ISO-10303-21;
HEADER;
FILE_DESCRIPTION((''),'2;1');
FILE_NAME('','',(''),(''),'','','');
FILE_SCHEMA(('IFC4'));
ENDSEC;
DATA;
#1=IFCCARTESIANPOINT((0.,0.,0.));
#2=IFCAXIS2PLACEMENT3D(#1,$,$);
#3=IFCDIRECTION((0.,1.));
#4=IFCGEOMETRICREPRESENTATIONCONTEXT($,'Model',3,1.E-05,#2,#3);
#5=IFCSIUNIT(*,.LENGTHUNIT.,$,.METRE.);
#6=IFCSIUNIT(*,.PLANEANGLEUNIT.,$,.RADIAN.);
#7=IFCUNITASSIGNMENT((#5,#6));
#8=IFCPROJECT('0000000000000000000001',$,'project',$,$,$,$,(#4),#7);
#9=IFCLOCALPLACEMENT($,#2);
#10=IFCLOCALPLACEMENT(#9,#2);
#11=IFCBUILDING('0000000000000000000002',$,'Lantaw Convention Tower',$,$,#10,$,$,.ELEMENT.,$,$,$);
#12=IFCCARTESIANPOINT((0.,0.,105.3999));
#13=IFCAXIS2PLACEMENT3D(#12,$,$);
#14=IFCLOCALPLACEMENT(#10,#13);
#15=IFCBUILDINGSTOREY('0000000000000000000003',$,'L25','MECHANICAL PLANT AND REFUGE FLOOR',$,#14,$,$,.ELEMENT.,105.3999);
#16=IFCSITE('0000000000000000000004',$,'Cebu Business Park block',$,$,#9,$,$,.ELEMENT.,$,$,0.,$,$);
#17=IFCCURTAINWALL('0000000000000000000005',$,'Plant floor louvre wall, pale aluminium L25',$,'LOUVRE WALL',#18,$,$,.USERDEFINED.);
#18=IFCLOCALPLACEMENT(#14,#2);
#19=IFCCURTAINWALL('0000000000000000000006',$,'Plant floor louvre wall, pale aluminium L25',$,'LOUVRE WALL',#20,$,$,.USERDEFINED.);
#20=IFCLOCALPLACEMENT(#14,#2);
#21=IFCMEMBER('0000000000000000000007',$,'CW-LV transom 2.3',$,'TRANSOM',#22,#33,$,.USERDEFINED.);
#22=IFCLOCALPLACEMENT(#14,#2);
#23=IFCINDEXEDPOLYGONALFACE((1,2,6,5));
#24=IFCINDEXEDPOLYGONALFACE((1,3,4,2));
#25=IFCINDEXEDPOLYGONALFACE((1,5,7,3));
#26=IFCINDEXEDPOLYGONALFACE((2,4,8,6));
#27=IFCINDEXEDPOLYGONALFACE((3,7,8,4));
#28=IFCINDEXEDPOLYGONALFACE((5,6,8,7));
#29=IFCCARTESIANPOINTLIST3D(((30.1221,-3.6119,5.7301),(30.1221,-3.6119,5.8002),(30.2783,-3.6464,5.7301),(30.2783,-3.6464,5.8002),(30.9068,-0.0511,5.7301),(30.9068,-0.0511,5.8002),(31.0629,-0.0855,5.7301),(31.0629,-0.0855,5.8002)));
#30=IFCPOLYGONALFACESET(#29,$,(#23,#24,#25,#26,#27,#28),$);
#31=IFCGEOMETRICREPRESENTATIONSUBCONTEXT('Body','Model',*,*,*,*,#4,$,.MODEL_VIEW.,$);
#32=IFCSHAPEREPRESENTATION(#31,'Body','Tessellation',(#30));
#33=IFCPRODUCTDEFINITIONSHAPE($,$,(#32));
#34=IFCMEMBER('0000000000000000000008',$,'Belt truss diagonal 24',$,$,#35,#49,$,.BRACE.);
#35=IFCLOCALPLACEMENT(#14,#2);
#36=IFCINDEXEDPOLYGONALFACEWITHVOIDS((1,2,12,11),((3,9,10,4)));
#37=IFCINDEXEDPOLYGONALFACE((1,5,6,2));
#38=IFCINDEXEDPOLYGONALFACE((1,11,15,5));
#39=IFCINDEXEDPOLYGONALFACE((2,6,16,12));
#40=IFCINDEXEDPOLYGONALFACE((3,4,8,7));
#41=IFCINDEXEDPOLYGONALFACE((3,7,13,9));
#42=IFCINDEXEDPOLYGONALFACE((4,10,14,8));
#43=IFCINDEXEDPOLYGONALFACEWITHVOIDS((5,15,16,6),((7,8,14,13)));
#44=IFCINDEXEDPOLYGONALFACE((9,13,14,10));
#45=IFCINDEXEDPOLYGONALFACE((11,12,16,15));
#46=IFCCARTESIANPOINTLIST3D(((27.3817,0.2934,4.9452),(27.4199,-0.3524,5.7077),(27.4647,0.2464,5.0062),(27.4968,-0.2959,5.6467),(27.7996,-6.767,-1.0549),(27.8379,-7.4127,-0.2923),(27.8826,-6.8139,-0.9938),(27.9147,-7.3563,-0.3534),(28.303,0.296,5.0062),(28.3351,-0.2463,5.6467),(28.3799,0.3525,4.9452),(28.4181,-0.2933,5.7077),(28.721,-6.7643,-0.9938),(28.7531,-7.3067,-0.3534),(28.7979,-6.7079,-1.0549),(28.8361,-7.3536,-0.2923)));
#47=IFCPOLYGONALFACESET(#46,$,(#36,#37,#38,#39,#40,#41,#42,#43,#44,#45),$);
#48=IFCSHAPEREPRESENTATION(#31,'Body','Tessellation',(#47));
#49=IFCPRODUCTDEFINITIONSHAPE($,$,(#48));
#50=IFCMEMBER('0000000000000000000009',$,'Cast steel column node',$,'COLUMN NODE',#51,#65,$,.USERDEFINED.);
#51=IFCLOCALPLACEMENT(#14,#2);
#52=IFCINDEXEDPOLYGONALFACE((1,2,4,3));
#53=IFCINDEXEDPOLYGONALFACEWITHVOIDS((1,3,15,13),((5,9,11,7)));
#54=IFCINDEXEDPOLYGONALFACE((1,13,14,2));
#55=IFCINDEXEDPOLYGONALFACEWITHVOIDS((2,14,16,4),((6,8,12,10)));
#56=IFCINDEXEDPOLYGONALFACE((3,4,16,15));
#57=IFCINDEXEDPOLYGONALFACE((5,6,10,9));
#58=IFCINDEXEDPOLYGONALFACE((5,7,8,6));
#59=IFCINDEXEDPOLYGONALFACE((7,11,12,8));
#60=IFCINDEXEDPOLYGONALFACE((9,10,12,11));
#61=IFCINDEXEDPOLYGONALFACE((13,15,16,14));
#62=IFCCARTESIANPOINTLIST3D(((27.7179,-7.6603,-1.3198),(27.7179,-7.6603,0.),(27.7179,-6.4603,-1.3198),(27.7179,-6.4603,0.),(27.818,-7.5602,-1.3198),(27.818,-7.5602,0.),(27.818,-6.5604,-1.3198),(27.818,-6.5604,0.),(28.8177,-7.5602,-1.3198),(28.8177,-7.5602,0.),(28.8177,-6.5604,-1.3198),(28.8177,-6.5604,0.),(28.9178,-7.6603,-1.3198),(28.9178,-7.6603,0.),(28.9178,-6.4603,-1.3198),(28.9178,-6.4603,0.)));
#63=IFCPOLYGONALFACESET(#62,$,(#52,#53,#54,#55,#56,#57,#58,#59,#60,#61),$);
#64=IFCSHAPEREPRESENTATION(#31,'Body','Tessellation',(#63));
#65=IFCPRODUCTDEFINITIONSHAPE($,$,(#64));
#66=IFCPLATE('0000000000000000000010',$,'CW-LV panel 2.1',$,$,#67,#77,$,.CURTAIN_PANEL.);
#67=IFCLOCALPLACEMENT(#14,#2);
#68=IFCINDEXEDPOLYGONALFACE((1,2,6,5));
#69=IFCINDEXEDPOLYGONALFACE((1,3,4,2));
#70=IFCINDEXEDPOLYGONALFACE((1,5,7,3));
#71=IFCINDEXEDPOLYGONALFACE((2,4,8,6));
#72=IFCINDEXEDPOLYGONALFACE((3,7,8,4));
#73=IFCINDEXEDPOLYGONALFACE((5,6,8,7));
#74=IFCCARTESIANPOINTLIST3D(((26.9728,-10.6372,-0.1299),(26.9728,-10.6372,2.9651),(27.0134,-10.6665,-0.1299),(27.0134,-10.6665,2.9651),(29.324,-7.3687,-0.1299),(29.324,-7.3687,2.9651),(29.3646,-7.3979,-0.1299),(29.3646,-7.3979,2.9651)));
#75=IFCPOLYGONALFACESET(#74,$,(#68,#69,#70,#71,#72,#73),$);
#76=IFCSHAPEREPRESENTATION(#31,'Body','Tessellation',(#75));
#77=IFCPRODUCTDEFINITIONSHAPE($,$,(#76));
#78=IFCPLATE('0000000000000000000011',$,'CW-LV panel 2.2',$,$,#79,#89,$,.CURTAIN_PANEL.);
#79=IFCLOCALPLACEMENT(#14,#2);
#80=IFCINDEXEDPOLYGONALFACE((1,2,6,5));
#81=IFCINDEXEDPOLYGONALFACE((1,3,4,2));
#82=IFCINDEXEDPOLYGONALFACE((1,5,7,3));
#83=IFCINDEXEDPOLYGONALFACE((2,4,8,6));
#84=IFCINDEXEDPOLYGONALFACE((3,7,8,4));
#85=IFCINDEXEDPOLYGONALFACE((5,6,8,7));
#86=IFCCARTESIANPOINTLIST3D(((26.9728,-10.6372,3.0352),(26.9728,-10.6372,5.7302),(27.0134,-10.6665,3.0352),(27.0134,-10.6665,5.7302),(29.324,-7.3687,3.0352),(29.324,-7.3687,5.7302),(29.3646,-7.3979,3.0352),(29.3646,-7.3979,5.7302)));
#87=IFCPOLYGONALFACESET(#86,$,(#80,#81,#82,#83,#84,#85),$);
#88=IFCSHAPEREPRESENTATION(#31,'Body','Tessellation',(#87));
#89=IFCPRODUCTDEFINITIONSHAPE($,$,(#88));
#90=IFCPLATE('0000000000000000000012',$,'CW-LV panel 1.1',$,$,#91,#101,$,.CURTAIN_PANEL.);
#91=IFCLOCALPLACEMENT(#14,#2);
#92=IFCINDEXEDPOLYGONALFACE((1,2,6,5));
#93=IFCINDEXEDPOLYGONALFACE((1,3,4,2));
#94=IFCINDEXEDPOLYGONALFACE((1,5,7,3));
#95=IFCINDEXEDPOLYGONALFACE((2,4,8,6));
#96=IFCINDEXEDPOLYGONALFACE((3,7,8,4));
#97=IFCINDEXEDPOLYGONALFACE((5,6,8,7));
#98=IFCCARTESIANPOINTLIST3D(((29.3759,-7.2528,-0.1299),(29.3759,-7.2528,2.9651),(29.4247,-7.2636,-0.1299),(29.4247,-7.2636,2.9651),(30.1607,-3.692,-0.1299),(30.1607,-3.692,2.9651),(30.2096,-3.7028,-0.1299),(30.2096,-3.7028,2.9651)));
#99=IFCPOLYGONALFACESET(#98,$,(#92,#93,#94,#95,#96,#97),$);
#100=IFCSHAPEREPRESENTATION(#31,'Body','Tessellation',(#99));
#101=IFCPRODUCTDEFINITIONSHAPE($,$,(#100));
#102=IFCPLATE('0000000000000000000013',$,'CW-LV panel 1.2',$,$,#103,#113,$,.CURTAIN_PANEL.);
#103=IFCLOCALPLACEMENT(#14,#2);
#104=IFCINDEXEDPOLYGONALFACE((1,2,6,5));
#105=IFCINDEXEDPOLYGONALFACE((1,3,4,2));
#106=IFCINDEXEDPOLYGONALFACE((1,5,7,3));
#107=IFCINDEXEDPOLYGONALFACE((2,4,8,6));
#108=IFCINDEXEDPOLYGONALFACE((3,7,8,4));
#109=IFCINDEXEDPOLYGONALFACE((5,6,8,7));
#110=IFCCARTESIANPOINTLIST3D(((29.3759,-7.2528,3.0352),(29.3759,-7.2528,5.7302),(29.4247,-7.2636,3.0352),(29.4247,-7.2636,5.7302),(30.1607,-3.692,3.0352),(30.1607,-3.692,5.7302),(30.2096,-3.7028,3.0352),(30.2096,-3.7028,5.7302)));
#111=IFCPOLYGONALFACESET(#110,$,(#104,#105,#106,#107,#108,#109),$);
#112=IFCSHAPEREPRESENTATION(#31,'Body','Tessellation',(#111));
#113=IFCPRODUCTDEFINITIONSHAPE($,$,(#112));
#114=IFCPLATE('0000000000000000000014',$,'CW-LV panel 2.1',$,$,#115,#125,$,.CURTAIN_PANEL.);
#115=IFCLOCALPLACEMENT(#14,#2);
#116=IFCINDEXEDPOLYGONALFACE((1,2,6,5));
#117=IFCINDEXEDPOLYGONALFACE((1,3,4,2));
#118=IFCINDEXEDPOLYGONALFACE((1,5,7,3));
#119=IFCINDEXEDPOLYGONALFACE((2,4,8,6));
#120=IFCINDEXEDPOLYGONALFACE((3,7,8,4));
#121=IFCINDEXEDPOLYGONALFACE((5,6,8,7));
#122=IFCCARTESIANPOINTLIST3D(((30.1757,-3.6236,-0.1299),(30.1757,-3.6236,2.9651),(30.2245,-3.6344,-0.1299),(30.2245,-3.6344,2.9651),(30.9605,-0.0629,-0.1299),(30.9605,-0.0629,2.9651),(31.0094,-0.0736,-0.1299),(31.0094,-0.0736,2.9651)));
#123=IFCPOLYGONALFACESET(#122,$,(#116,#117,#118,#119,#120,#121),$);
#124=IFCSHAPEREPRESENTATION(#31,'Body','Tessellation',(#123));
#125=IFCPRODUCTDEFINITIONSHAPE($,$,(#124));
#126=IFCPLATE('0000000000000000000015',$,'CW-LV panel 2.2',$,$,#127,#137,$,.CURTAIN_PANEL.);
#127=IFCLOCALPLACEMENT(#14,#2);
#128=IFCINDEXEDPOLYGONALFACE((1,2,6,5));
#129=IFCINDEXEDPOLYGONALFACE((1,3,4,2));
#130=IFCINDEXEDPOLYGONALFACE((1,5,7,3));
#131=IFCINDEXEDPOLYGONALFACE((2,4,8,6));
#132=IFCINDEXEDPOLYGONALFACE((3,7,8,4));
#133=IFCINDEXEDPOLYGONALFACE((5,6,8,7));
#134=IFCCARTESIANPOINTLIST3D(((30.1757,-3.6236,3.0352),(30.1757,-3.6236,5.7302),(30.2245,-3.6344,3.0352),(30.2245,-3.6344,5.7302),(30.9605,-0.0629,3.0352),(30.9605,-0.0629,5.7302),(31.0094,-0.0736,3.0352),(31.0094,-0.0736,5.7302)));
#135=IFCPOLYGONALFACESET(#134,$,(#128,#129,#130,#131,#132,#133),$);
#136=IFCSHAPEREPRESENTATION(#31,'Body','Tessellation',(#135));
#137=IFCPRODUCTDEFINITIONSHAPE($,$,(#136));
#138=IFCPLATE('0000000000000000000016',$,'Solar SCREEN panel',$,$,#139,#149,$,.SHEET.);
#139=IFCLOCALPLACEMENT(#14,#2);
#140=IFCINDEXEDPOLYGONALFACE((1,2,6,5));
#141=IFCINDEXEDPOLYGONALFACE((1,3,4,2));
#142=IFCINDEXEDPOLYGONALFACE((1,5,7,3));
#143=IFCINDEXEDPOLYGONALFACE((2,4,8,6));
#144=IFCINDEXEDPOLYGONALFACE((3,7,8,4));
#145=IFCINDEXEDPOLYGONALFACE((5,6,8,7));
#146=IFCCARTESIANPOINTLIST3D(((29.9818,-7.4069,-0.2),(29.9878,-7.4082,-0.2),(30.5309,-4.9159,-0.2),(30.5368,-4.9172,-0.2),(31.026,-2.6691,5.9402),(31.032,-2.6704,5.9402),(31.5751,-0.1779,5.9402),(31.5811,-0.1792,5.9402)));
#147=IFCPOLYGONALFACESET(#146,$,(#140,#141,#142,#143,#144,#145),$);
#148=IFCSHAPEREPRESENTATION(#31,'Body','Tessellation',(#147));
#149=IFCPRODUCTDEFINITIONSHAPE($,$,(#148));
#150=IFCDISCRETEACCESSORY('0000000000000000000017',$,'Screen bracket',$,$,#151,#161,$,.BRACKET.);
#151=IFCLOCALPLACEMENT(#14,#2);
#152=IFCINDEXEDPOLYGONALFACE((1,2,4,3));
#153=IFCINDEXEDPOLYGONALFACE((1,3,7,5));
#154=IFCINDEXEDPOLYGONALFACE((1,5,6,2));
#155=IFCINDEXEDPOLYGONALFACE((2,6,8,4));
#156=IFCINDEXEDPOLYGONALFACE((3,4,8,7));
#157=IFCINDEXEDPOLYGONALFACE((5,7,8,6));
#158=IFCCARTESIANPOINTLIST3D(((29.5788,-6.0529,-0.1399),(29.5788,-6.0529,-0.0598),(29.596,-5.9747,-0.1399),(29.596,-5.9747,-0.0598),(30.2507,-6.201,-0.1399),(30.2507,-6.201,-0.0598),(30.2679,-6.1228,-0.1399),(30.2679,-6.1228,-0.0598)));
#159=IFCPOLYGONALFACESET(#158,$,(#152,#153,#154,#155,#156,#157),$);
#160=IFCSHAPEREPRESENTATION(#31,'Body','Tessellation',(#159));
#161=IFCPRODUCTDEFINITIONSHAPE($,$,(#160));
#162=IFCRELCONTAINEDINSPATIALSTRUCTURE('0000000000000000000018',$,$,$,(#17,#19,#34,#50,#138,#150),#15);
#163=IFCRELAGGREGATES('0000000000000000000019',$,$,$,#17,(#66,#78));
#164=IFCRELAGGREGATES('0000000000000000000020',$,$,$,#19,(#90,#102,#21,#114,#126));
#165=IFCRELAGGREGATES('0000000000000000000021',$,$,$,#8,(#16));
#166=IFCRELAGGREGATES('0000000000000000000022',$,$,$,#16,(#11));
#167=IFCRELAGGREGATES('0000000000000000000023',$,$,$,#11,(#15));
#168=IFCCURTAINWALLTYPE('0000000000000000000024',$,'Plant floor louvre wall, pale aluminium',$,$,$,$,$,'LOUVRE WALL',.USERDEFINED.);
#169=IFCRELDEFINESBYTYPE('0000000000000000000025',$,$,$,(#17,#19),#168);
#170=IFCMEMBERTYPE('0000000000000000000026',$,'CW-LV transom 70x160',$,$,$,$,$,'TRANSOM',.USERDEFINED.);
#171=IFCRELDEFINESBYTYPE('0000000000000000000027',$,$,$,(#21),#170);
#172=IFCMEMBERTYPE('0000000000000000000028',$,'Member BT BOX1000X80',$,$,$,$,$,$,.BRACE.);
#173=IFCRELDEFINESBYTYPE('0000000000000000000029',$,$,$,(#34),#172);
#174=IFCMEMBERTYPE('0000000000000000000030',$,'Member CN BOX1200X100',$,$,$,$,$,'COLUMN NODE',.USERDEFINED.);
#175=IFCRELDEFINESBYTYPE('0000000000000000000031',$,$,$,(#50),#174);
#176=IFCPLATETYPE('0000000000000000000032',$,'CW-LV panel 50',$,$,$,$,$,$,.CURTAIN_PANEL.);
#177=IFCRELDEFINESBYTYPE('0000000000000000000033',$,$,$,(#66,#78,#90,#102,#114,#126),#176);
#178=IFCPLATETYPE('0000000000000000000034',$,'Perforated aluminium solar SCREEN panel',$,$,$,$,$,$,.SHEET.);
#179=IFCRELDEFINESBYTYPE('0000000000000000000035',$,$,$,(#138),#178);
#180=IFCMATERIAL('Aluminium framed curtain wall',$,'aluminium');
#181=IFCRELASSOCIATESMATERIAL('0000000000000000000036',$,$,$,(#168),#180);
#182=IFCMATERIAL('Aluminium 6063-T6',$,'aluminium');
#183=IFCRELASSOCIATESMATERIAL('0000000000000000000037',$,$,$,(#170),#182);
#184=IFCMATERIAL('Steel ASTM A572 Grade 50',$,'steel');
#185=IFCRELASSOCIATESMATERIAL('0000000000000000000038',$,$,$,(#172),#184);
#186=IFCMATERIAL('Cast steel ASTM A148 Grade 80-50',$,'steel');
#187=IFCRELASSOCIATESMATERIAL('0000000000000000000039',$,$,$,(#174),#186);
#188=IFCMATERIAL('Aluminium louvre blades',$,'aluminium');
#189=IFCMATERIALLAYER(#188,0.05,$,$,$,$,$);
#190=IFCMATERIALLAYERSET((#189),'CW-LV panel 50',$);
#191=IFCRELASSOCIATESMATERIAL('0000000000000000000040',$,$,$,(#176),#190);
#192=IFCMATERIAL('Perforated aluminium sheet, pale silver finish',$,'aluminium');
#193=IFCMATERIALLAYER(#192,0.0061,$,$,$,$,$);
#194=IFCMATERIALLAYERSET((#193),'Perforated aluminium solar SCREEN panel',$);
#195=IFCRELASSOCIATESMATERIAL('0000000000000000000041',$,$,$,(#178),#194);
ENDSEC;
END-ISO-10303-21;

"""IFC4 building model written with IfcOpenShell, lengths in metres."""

from ifc_helpers import new_model, si_unit, direction, frame, origin, origin_2d, place, context, subcontext, project, spatial, polyline, rectangle, hollow_rectangle, outline, extrude, material, layer, layer_set, material_profile, profile_set, type_object, element, aggregate, save


model = new_model("IFC4")

# Units and contexts
model_context = context("Model", 3, precision=1e-05, world=origin(), true_north=direction((0.0, 1.0)))
body_context = subcontext(model_context, "Body", "Model", "MODEL_VIEW")
ifc_project = project(units=[si_unit("LENGTHUNIT", "METRE"), si_unit("PLANEANGLEUNIT", "RADIAN")], contexts=[model_context])

# Site, building, storey
site_placement = place(None, origin())
site = spatial("IfcSite", under=ifc_project, at=site_placement, Name="Cebu Business Park block", CompositionType="ELEMENT", RefElevation=0.0)
building_placement = place(site_placement, origin())
building = spatial("IfcBuilding", under=site, at=building_placement, Name="Lantaw Convention Tower", CompositionType="ELEMENT")
storey_placement = place(building_placement, frame((0.0, 0.0, 105.3999)))
storey = spatial("IfcBuildingStorey", under=building, at=storey_placement, Name="L25", Description="MECHANICAL PLANT AND REFUGE FLOOR", CompositionType="ELEMENT", Elevation=105.3999)

# Curtain wall
ifc_material_1 = material(Name="Aluminium framed curtain wall", Category="aluminium")
curtain_wall_type = type_object("IfcCurtainWallType", Name="Plant floor louvre wall, pale aluminium", ElementType="LOUVRE WALL", PredefinedType="USERDEFINED", material=ifc_material_1)
curtain_wall_1_placement = place(storey_placement, origin())
curtain_wall_1 = element("IfcCurtainWall", 1, at=curtain_wall_1_placement, inside=storey, type_object=curtain_wall_type, Name="Plant floor louvre wall, pale aluminium L25", ObjectType="LOUVRE WALL", PredefinedType="USERDEFINED")
ifc_material_2 = material(Name="Aluminium 6063-T6", Category="aluminium")

# Curtain wall, member
curtain_wall_2_placement = place(storey_placement, origin())
curtain_wall_2 = element("IfcCurtainWall", 2, at=curtain_wall_2_placement, inside=storey, type_object=curtain_wall_type, Name="Plant floor louvre wall, pale aluminium L25", ObjectType="LOUVRE WALL", PredefinedType="USERDEFINED")
ifc_material_profile_1 = material_profile(ifc_material_2, rectangle(XDim=0.1599, YDim=0.0701, at=origin_2d()), Name="CW-LV transom 70x160")
ifc_profile_set_1 = profile_set([ifc_material_profile_1], Name="Aluminium 6063-T6")
member_type_1 = type_object("IfcMemberType", Name="CW-LV transom 70x160", ElementType="TRANSOM", PredefinedType="USERDEFINED", material=ifc_profile_set_1)
member_1_placement = place(storey_placement, frame((30.2002, -3.6292, 5.7651), z_axis=(0.2152, 0.97657, 0.0), x_axis=(-0.97657, 0.2152, 0.0)))
member_1 = element("IfcMember", 3, at=member_1_placement, type_object=member_type_1, Name="CW-LV transom 2.3", ObjectType="TRANSOM", PredefinedType="USERDEFINED", context=body_context, shape_type="SweptSolid", body=[
    extrude(rectangle(XDim=0.1599, YDim=0.0701, at=origin_2d()), origin(), (0.0, 0.0, 1.0), 3.6462),
])

# Members
ifc_material_3 = material(Name="Steel ASTM A572 Grade 50", Category="steel")
ifc_material_profile_2 = material_profile(ifc_material_3, hollow_rectangle(XDim=1.0, YDim=1.0, WallThickness=0.0801, at=origin_2d()), Name="BOX1000X80")
ifc_profile_set_2 = profile_set([ifc_material_profile_2], Name="Steel ASTM A572 Grade 50")
member_type_2 = type_object("IfcMemberType", Name="Member BT BOX1000X80", PredefinedType="BRACE", material=ifc_profile_set_2)
member_2_placement = place(storey_placement, frame((28.3179, -7.0603, -0.6736), z_axis=(-0.045065, 0.761232, 0.646912), x_axis=(-0.998252, -0.059096, 0.0)))
element("IfcMember", 4, at=member_2_placement, inside=storey, type_object=member_type_2, Name="Belt truss diagonal 24", PredefinedType="BRACE", context=body_context, shape_type="SweptSolid", body=[
    extrude(hollow_rectangle(XDim=1.0, YDim=1.0, WallThickness=0.0801, at=origin_2d()), origin(), (0.0, 0.0, 1.0), 9.2749),
])
ifc_material_4 = material(Name="Cast steel ASTM A148 Grade 80-50", Category="steel")
ifc_material_profile_3 = material_profile(ifc_material_4, hollow_rectangle(XDim=1.2, YDim=1.2, WallThickness=0.1001, at=origin_2d()), Name="BOX1200X100")
ifc_profile_set_3 = profile_set([ifc_material_profile_3], Name="Cast steel ASTM A148 Grade 80-50")
member_type_3 = type_object("IfcMemberType", Name="Member CN BOX1200X100", ElementType="COLUMN NODE", PredefinedType="USERDEFINED", material=ifc_profile_set_3)
member_3_placement = place(storey_placement, frame((28.3179, -7.0603, -1.3198), z_axis=(0.0, 0.0, 1.0), x_axis=(1.0, 0.0, 0.0)))
element("IfcMember", 5, at=member_3_placement, inside=storey, type_object=member_type_3, Name="Cast steel column node", ObjectType="COLUMN NODE", PredefinedType="USERDEFINED", context=body_context, shape_type="SweptSolid", body=[
    extrude(hollow_rectangle(XDim=1.2, YDim=1.2, WallThickness=0.1001, at=origin_2d()), origin(), (0.0, 0.0, 1.0), 1.3198),
])

# Plates
ifc_material_5 = material(Name="Aluminium louvre blades", Category="aluminium")
ifc_layer_1 = layer(ifc_material_5, 0.05)
ifc_layer_set_1 = layer_set([ifc_layer_1], Name="CW-LV panel 50")
plate_type_1 = type_object("IfcPlateType", Name="CW-LV panel 50", PredefinedType="CURTAIN_PANEL", material=ifc_layer_set_1)
plate_1_placement = place(storey_placement, frame((28.1687, -9.0176, -0.1299), z_axis=(0.0, 0.0, 1.0), x_axis=(0.583951, 0.811789, 0.0)))
plate_1 = element("IfcPlate", 6, at=plate_1_placement, type_object=plate_type_1, Name="CW-LV panel 2.1", PredefinedType="CURTAIN_PANEL", context=body_context, shape_type="SweptSolid", body=[
    extrude(rectangle(XDim=4.0264, YDim=0.05, at=origin_2d()), origin(), (0.0, 0.0, 1.0), 3.095),
])
plate_2_placement = place(storey_placement, frame((28.1687, -9.0176, 3.0352), z_axis=(0.0, 0.0, 1.0), x_axis=(0.583951, 0.811789, 0.0)))
plate_2 = element("IfcPlate", 7, at=plate_2_placement, type_object=plate_type_1, Name="CW-LV panel 2.2", PredefinedType="CURTAIN_PANEL", context=body_context, shape_type="SweptSolid", body=[
    extrude(rectangle(XDim=4.0264, YDim=0.05, at=origin_2d()), origin(), (0.0, 0.0, 1.0), 2.6951),
])
aggregate(curtain_wall_1, [plate_1, plate_2])
plate_3_placement = place(storey_placement, frame((29.7927, -5.4778, -0.1299), z_axis=(0.0, 0.0, 1.0), x_axis=(0.215246, 0.97656, 0.0)))
plate_3 = element("IfcPlate", 8, at=plate_3_placement, type_object=plate_type_1, Name="CW-LV panel 1.1", PredefinedType="CURTAIN_PANEL", context=body_context, shape_type="SweptSolid", body=[
    extrude(rectangle(XDim=3.6462, YDim=0.05, at=origin_2d()), origin(), (0.0, 0.0, 1.0), 3.095),
])
plate_4_placement = place(storey_placement, frame((29.7927, -5.4778, 3.0352), z_axis=(0.0, 0.0, 1.0), x_axis=(0.215246, 0.97656, 0.0)))
plate_4 = element("IfcPlate", 9, at=plate_4_placement, type_object=plate_type_1, Name="CW-LV panel 1.2", PredefinedType="CURTAIN_PANEL", context=body_context, shape_type="SweptSolid", body=[
    extrude(rectangle(XDim=3.6462, YDim=0.05, at=origin_2d()), origin(), (0.0, 0.0, 1.0), 2.6951),
])
plate_5_placement = place(storey_placement, frame((30.5925, -1.8486, -0.1299), z_axis=(0.0, 0.0, 1.0), x_axis=(0.215246, 0.97656, 0.0)))
plate_5 = element("IfcPlate", 10, at=plate_5_placement, type_object=plate_type_1, Name="CW-LV panel 2.1", PredefinedType="CURTAIN_PANEL", context=body_context, shape_type="SweptSolid", body=[
    extrude(rectangle(XDim=3.6462, YDim=0.05, at=origin_2d()), origin(), (0.0, 0.0, 1.0), 3.095),
])
plate_6_placement = place(storey_placement, frame((30.5925, -1.8486, 3.0352), z_axis=(0.0, 0.0, 1.0), x_axis=(0.215246, 0.97656, 0.0)))
plate_6 = element("IfcPlate", 11, at=plate_6_placement, type_object=plate_type_1, Name="CW-LV panel 2.2", PredefinedType="CURTAIN_PANEL", context=body_context, shape_type="SweptSolid", body=[
    extrude(rectangle(XDim=3.6462, YDim=0.05, at=origin_2d()), origin(), (0.0, 0.0, 1.0), 2.6951),
])
aggregate(curtain_wall_2, [plate_3, plate_4, member_1, plate_5, plate_6])
ifc_material_6 = material(Name="Perforated aluminium sheet, pale silver finish", Category="aluminium")
ifc_layer_2 = layer(ifc_material_6, 0.0061)
ifc_layer_set_2 = layer_set([ifc_layer_2], Name="Perforated aluminium solar SCREEN panel")
plate_type_2 = type_object("IfcPlateType", Name="Perforated aluminium solar SCREEN panel", PredefinedType="SHEET", material=ifc_layer_set_2)
plate_7_placement = place(storey_placement, frame((29.9878, -7.4082, -0.2), z_axis=(0.976559, -0.215248, 0.000018), x_axis=(0.215248, 0.976559, 0.0)))
element("IfcPlate", 12, at=plate_7_placement, inside=storey, type_object=plate_type_2, Name="Solar SCREEN panel", PredefinedType="SHEET", context=body_context, shape_type="SweptSolid", body=[
    extrude(outline(polyline([(0.0, 0.0), (2.5508, 0.0), (7.4025, 6.1401), (4.8515, 6.1401), (0.0, 0.0)])), origin(), (0.0, 0.0, -1.0), 0.0061),
])

# Discrete accessory
discrete_accessory_placement = place(storey_placement, frame((29.9233, -6.0879, -0.1399), z_axis=(0.0, 0.0, 1.0), x_axis=(0.215246, 0.97656, 0.0)))
element("IfcDiscreteAccessory", 13, at=discrete_accessory_placement, inside=storey, Name="Screen bracket", PredefinedType="BRACKET", context=body_context, shape_type="SweptSolid", body=[
    extrude(rectangle(XDim=0.0801, YDim=0.688, at=origin_2d()), origin(), (0.0, 0.0, 1.0), 0.0801),
])

save(model, "model.ifc")
